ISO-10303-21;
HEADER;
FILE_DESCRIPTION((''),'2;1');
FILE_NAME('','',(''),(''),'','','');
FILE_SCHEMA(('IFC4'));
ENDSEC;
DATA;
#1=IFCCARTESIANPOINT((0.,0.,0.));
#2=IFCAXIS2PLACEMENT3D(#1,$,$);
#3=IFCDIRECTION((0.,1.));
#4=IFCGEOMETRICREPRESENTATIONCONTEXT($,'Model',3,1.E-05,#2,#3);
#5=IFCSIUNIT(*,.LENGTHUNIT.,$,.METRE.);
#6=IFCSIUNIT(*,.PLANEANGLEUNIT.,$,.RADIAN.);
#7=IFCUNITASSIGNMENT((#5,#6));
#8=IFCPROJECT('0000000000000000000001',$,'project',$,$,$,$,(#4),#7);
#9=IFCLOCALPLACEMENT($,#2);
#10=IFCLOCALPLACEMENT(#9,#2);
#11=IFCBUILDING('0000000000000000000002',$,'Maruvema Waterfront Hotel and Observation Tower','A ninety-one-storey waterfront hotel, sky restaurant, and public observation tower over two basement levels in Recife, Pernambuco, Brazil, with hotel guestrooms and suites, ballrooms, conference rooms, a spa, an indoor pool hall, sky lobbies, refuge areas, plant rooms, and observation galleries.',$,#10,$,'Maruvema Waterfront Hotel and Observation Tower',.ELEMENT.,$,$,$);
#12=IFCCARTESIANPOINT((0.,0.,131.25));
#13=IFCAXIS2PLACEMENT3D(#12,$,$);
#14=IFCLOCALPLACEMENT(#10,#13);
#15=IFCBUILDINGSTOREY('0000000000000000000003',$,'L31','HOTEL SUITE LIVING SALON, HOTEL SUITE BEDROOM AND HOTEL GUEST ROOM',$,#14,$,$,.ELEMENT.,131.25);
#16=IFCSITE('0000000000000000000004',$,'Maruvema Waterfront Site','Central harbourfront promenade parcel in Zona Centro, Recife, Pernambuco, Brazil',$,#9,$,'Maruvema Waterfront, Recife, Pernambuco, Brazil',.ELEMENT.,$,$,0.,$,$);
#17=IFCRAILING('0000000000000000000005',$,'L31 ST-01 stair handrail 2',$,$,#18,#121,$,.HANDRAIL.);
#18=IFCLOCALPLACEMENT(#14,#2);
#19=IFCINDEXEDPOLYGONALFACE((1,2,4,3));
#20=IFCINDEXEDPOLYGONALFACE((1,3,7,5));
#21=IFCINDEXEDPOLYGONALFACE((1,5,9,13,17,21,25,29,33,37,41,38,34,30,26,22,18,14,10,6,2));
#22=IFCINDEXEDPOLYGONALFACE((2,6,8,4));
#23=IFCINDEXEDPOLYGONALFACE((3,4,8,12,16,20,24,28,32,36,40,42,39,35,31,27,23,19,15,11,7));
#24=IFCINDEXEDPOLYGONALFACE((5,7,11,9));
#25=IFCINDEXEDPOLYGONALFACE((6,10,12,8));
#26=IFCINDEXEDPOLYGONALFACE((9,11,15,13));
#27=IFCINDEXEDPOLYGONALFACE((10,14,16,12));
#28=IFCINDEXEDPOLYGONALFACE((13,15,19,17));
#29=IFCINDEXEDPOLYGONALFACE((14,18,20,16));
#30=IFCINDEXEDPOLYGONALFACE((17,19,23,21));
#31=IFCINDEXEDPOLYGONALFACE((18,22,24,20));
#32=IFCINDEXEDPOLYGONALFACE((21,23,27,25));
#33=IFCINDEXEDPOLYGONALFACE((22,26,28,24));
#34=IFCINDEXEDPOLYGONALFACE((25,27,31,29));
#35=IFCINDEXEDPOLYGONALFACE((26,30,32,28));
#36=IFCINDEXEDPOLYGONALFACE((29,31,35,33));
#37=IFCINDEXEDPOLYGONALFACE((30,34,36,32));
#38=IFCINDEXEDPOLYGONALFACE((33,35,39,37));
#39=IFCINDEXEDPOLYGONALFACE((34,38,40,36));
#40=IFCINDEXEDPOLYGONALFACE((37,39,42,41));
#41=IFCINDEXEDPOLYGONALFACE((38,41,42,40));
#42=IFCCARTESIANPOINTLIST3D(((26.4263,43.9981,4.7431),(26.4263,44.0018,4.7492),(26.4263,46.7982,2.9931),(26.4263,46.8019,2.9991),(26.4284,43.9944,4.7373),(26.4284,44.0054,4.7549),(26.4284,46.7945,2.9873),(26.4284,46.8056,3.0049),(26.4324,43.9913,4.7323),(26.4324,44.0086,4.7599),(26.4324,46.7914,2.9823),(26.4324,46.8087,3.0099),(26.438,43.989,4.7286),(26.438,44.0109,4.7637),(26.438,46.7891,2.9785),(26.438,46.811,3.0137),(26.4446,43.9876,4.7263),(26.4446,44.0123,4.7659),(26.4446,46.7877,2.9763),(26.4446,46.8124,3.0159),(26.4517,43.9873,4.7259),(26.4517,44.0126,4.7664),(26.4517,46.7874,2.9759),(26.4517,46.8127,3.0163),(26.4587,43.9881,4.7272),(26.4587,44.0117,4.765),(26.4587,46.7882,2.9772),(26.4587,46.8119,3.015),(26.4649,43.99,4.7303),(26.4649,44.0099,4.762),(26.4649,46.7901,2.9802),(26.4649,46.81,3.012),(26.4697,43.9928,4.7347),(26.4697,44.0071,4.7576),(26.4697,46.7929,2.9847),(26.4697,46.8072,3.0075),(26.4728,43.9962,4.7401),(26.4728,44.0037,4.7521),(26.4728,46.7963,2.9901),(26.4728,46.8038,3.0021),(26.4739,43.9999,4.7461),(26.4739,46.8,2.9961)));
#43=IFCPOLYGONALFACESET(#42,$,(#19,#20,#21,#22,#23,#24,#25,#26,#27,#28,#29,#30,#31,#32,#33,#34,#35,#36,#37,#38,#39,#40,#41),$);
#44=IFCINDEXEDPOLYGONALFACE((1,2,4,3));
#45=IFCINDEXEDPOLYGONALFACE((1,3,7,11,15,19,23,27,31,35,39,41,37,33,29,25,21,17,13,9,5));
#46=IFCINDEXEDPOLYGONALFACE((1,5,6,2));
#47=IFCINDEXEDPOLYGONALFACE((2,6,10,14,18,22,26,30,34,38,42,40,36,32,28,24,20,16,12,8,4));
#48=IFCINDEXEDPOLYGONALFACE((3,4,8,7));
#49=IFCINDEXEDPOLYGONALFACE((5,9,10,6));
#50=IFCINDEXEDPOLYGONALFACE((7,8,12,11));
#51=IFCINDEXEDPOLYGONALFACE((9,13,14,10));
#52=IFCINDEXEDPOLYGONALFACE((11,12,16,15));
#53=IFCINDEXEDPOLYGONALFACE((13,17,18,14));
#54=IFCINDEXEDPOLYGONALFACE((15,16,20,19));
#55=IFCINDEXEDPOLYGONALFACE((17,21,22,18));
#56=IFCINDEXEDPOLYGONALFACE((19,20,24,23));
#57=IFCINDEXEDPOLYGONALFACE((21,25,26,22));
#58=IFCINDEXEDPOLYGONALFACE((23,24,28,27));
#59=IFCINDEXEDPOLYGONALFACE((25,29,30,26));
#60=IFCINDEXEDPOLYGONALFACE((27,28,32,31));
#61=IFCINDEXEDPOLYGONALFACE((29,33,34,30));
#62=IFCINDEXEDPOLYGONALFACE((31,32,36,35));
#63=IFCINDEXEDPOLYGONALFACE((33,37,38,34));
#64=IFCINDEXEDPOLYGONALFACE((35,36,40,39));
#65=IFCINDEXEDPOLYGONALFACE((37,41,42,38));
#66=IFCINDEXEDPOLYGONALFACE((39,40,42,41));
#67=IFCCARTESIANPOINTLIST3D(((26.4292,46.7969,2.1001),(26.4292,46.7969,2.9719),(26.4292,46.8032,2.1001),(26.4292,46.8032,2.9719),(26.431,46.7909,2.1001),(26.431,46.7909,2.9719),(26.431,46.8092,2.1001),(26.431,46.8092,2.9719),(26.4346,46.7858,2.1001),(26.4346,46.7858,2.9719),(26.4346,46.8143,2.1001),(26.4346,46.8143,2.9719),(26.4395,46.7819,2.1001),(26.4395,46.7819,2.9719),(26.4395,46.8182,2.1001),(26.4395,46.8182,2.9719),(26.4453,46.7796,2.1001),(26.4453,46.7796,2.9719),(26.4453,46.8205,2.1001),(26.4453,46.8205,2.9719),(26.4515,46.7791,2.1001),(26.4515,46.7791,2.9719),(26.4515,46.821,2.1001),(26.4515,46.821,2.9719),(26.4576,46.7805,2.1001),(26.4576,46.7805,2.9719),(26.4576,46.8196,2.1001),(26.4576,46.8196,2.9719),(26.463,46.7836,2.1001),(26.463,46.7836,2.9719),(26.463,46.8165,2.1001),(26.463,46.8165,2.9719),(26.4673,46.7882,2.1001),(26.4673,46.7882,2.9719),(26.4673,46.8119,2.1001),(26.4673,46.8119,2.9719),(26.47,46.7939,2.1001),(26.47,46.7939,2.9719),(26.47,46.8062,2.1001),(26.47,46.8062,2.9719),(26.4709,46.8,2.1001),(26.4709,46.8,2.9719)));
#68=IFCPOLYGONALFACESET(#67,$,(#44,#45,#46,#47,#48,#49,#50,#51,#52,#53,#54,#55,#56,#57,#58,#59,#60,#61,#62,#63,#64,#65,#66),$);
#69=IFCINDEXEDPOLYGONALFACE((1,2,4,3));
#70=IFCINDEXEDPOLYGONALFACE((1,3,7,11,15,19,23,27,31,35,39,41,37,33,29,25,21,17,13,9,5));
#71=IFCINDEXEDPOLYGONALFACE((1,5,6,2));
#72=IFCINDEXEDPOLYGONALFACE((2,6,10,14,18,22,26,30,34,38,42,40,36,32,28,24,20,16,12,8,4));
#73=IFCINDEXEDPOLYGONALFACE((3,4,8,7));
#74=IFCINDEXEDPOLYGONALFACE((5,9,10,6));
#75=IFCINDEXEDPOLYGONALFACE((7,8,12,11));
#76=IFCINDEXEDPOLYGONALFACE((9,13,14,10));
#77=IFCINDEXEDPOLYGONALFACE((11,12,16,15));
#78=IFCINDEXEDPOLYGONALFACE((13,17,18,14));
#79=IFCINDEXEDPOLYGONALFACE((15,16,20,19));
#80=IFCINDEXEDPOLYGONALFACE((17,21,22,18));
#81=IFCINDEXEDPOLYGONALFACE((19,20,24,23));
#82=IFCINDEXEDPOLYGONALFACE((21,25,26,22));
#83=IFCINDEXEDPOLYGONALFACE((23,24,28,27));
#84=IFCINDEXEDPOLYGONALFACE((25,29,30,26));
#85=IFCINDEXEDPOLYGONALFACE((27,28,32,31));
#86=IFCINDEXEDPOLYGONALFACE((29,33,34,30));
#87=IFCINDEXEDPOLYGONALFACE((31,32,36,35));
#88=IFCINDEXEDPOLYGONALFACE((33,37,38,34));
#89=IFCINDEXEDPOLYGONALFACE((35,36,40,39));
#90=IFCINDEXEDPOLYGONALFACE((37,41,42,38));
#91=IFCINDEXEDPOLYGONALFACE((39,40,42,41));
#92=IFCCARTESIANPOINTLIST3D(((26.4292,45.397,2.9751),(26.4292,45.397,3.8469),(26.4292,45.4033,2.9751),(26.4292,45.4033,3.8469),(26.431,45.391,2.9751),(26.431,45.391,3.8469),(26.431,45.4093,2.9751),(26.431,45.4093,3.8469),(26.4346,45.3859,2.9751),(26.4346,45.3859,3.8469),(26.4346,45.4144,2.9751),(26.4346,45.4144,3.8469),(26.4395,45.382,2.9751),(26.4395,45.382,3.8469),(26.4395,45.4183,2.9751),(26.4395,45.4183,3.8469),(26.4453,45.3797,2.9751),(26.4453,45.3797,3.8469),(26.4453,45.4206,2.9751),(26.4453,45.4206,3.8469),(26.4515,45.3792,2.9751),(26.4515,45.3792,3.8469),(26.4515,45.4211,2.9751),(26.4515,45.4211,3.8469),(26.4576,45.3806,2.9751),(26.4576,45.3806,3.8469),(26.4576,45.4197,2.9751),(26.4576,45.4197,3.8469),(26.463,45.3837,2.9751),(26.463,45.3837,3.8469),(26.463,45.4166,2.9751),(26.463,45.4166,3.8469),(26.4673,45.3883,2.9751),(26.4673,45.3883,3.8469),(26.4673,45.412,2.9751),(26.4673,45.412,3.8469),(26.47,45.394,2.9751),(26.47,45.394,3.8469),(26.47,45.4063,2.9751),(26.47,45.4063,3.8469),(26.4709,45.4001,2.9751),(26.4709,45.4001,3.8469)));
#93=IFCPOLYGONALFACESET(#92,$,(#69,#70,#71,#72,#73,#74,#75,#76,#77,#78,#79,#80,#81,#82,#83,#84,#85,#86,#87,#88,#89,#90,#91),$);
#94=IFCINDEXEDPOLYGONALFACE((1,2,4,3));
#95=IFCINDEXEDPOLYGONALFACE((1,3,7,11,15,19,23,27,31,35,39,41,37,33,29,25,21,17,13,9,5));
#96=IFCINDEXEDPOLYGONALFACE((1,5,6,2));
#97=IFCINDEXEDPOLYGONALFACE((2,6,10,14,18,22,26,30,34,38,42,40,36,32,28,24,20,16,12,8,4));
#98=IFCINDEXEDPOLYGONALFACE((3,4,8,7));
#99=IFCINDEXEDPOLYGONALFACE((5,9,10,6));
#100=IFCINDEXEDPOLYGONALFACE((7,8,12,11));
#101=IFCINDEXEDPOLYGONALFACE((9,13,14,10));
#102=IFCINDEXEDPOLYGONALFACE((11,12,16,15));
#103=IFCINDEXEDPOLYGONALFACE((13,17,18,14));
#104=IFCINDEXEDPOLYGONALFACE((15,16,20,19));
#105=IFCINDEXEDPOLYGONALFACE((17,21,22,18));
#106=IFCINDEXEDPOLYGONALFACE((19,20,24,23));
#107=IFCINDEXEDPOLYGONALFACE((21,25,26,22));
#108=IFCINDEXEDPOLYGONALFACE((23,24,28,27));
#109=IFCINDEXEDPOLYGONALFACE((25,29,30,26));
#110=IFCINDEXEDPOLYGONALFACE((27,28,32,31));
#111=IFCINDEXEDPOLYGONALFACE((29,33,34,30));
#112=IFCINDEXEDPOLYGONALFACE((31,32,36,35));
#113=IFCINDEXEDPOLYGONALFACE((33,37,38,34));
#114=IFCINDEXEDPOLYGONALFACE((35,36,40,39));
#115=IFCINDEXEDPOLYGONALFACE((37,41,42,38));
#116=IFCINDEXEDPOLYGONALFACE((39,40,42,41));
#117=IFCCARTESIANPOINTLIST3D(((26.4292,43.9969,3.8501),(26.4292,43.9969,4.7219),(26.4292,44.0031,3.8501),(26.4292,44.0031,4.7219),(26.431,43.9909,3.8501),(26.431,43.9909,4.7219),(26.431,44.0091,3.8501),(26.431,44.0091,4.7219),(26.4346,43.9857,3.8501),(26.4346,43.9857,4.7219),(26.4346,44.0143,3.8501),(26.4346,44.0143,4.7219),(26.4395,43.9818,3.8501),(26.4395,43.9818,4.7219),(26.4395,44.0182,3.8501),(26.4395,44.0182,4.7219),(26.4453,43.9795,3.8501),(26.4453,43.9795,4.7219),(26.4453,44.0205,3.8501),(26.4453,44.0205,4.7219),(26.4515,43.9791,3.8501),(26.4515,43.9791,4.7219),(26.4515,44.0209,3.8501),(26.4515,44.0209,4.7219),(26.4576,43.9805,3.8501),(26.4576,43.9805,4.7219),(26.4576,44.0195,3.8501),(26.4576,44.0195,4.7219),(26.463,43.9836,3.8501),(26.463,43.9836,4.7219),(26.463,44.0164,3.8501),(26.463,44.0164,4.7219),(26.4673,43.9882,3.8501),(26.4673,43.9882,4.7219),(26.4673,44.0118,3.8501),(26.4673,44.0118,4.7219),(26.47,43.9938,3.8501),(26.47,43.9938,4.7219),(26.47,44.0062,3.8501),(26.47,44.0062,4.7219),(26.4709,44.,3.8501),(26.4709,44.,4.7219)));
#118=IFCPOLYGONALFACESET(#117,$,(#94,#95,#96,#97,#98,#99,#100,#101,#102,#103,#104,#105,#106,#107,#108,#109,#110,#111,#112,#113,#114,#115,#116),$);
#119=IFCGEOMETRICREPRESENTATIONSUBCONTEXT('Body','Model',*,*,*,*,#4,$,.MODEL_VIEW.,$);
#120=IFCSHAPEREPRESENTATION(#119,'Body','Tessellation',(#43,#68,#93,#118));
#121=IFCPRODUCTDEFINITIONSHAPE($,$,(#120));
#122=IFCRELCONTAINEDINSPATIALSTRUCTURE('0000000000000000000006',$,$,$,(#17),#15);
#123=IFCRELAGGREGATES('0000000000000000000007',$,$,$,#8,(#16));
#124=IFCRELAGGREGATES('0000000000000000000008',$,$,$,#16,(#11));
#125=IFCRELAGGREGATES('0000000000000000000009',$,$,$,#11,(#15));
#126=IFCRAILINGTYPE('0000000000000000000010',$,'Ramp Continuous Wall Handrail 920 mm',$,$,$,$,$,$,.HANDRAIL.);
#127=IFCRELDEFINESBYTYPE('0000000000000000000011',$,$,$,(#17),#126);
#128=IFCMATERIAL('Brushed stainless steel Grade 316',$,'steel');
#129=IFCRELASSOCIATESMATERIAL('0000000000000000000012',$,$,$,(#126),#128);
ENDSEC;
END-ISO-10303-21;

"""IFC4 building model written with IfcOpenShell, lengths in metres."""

from ifc_helpers import new_model, si_unit, direction, frame, origin, origin_2d, place, context, subcontext, project, spatial, circle, extrude, material, type_object, element, save


model = new_model("IFC4")

# Units and contexts
model_context = context("Model", 3, precision=1e-05, world=origin(), true_north=direction((0.0, 1.0)))
body_context = subcontext(model_context, "Body", "Model", "MODEL_VIEW")
ifc_project = project(units=[si_unit("LENGTHUNIT", "METRE"), si_unit("PLANEANGLEUNIT", "RADIAN")], contexts=[model_context])

# Site, building, storey
site_placement = place(None, origin())
site = spatial("IfcSite", under=ifc_project, at=site_placement, Name="Maruvema Waterfront Site", Description="Central harbourfront promenade parcel in Zona Centro, Recife, Pernambuco, Brazil", LongName="Maruvema Waterfront, Recife, Pernambuco, Brazil", CompositionType="ELEMENT", RefElevation=0.0)
building_placement = place(site_placement, origin())
building = spatial("IfcBuilding", under=site, at=building_placement, Name="Maruvema Waterfront Hotel and Observation Tower", Description="A ninety-one-storey waterfront hotel, sky restaurant, and public observation tower over two basement levels in Recife, Pernambuco, Brazil, with hotel guestrooms and suites, ballrooms, conference rooms, a spa, an indoor pool hall, sky lobbies, refuge areas, plant rooms, and observation galleries.", LongName="Maruvema Waterfront Hotel and Observation Tower", CompositionType="ELEMENT")
storey_placement = place(building_placement, frame((0.0, 0.0, 131.25)))
storey = spatial("IfcBuildingStorey", under=building, at=storey_placement, Name="L31", Description="HOTEL SUITE LIVING SALON, HOTEL SUITE BEDROOM AND HOTEL GUEST ROOM", CompositionType="ELEMENT", Elevation=131.25)

# Railing
ifc_material_1 = material(Name="Brushed stainless steel Grade 316", Category="steel")
railing_type_1 = type_object("IfcRailingType", Name="Ramp Continuous Wall Handrail 920 mm", PredefinedType="HANDRAIL", material=ifc_material_1)
railing_1_placement = place(storey_placement, frame((26.45, 46.8, 2.1001)))
element("IfcRailing", 1, at=railing_1_placement, inside=storey, type_object=railing_type_1, Name="L31 ST-01 stair handrail 2", PredefinedType="HANDRAIL", context=body_context, shape_type="SweptSolid", body=[
    extrude(circle(Radius=0.0239, at=origin_2d()), frame((0.0, 0.0, 0.896), z_axis=(0.0, -0.848002, 0.529992), x_axis=(1.0, 0.0, 0.0)), (0.0, 0.0, 1.0), 3.302),
    extrude(circle(Radius=0.021, at=origin_2d()), origin(), (0.0, 0.0, 1.0), 0.8718),
    extrude(circle(Radius=0.021, at=origin_2d()), frame((0.0, -1.3999, 0.875)), (0.0, 0.0, 1.0), 0.8718),
    extrude(circle(Radius=0.021, at=origin_2d()), frame((0.0, -2.8, 1.75)), (0.0, 0.0, 1.0), 0.8718),
])

save(model, "model.ifc")
